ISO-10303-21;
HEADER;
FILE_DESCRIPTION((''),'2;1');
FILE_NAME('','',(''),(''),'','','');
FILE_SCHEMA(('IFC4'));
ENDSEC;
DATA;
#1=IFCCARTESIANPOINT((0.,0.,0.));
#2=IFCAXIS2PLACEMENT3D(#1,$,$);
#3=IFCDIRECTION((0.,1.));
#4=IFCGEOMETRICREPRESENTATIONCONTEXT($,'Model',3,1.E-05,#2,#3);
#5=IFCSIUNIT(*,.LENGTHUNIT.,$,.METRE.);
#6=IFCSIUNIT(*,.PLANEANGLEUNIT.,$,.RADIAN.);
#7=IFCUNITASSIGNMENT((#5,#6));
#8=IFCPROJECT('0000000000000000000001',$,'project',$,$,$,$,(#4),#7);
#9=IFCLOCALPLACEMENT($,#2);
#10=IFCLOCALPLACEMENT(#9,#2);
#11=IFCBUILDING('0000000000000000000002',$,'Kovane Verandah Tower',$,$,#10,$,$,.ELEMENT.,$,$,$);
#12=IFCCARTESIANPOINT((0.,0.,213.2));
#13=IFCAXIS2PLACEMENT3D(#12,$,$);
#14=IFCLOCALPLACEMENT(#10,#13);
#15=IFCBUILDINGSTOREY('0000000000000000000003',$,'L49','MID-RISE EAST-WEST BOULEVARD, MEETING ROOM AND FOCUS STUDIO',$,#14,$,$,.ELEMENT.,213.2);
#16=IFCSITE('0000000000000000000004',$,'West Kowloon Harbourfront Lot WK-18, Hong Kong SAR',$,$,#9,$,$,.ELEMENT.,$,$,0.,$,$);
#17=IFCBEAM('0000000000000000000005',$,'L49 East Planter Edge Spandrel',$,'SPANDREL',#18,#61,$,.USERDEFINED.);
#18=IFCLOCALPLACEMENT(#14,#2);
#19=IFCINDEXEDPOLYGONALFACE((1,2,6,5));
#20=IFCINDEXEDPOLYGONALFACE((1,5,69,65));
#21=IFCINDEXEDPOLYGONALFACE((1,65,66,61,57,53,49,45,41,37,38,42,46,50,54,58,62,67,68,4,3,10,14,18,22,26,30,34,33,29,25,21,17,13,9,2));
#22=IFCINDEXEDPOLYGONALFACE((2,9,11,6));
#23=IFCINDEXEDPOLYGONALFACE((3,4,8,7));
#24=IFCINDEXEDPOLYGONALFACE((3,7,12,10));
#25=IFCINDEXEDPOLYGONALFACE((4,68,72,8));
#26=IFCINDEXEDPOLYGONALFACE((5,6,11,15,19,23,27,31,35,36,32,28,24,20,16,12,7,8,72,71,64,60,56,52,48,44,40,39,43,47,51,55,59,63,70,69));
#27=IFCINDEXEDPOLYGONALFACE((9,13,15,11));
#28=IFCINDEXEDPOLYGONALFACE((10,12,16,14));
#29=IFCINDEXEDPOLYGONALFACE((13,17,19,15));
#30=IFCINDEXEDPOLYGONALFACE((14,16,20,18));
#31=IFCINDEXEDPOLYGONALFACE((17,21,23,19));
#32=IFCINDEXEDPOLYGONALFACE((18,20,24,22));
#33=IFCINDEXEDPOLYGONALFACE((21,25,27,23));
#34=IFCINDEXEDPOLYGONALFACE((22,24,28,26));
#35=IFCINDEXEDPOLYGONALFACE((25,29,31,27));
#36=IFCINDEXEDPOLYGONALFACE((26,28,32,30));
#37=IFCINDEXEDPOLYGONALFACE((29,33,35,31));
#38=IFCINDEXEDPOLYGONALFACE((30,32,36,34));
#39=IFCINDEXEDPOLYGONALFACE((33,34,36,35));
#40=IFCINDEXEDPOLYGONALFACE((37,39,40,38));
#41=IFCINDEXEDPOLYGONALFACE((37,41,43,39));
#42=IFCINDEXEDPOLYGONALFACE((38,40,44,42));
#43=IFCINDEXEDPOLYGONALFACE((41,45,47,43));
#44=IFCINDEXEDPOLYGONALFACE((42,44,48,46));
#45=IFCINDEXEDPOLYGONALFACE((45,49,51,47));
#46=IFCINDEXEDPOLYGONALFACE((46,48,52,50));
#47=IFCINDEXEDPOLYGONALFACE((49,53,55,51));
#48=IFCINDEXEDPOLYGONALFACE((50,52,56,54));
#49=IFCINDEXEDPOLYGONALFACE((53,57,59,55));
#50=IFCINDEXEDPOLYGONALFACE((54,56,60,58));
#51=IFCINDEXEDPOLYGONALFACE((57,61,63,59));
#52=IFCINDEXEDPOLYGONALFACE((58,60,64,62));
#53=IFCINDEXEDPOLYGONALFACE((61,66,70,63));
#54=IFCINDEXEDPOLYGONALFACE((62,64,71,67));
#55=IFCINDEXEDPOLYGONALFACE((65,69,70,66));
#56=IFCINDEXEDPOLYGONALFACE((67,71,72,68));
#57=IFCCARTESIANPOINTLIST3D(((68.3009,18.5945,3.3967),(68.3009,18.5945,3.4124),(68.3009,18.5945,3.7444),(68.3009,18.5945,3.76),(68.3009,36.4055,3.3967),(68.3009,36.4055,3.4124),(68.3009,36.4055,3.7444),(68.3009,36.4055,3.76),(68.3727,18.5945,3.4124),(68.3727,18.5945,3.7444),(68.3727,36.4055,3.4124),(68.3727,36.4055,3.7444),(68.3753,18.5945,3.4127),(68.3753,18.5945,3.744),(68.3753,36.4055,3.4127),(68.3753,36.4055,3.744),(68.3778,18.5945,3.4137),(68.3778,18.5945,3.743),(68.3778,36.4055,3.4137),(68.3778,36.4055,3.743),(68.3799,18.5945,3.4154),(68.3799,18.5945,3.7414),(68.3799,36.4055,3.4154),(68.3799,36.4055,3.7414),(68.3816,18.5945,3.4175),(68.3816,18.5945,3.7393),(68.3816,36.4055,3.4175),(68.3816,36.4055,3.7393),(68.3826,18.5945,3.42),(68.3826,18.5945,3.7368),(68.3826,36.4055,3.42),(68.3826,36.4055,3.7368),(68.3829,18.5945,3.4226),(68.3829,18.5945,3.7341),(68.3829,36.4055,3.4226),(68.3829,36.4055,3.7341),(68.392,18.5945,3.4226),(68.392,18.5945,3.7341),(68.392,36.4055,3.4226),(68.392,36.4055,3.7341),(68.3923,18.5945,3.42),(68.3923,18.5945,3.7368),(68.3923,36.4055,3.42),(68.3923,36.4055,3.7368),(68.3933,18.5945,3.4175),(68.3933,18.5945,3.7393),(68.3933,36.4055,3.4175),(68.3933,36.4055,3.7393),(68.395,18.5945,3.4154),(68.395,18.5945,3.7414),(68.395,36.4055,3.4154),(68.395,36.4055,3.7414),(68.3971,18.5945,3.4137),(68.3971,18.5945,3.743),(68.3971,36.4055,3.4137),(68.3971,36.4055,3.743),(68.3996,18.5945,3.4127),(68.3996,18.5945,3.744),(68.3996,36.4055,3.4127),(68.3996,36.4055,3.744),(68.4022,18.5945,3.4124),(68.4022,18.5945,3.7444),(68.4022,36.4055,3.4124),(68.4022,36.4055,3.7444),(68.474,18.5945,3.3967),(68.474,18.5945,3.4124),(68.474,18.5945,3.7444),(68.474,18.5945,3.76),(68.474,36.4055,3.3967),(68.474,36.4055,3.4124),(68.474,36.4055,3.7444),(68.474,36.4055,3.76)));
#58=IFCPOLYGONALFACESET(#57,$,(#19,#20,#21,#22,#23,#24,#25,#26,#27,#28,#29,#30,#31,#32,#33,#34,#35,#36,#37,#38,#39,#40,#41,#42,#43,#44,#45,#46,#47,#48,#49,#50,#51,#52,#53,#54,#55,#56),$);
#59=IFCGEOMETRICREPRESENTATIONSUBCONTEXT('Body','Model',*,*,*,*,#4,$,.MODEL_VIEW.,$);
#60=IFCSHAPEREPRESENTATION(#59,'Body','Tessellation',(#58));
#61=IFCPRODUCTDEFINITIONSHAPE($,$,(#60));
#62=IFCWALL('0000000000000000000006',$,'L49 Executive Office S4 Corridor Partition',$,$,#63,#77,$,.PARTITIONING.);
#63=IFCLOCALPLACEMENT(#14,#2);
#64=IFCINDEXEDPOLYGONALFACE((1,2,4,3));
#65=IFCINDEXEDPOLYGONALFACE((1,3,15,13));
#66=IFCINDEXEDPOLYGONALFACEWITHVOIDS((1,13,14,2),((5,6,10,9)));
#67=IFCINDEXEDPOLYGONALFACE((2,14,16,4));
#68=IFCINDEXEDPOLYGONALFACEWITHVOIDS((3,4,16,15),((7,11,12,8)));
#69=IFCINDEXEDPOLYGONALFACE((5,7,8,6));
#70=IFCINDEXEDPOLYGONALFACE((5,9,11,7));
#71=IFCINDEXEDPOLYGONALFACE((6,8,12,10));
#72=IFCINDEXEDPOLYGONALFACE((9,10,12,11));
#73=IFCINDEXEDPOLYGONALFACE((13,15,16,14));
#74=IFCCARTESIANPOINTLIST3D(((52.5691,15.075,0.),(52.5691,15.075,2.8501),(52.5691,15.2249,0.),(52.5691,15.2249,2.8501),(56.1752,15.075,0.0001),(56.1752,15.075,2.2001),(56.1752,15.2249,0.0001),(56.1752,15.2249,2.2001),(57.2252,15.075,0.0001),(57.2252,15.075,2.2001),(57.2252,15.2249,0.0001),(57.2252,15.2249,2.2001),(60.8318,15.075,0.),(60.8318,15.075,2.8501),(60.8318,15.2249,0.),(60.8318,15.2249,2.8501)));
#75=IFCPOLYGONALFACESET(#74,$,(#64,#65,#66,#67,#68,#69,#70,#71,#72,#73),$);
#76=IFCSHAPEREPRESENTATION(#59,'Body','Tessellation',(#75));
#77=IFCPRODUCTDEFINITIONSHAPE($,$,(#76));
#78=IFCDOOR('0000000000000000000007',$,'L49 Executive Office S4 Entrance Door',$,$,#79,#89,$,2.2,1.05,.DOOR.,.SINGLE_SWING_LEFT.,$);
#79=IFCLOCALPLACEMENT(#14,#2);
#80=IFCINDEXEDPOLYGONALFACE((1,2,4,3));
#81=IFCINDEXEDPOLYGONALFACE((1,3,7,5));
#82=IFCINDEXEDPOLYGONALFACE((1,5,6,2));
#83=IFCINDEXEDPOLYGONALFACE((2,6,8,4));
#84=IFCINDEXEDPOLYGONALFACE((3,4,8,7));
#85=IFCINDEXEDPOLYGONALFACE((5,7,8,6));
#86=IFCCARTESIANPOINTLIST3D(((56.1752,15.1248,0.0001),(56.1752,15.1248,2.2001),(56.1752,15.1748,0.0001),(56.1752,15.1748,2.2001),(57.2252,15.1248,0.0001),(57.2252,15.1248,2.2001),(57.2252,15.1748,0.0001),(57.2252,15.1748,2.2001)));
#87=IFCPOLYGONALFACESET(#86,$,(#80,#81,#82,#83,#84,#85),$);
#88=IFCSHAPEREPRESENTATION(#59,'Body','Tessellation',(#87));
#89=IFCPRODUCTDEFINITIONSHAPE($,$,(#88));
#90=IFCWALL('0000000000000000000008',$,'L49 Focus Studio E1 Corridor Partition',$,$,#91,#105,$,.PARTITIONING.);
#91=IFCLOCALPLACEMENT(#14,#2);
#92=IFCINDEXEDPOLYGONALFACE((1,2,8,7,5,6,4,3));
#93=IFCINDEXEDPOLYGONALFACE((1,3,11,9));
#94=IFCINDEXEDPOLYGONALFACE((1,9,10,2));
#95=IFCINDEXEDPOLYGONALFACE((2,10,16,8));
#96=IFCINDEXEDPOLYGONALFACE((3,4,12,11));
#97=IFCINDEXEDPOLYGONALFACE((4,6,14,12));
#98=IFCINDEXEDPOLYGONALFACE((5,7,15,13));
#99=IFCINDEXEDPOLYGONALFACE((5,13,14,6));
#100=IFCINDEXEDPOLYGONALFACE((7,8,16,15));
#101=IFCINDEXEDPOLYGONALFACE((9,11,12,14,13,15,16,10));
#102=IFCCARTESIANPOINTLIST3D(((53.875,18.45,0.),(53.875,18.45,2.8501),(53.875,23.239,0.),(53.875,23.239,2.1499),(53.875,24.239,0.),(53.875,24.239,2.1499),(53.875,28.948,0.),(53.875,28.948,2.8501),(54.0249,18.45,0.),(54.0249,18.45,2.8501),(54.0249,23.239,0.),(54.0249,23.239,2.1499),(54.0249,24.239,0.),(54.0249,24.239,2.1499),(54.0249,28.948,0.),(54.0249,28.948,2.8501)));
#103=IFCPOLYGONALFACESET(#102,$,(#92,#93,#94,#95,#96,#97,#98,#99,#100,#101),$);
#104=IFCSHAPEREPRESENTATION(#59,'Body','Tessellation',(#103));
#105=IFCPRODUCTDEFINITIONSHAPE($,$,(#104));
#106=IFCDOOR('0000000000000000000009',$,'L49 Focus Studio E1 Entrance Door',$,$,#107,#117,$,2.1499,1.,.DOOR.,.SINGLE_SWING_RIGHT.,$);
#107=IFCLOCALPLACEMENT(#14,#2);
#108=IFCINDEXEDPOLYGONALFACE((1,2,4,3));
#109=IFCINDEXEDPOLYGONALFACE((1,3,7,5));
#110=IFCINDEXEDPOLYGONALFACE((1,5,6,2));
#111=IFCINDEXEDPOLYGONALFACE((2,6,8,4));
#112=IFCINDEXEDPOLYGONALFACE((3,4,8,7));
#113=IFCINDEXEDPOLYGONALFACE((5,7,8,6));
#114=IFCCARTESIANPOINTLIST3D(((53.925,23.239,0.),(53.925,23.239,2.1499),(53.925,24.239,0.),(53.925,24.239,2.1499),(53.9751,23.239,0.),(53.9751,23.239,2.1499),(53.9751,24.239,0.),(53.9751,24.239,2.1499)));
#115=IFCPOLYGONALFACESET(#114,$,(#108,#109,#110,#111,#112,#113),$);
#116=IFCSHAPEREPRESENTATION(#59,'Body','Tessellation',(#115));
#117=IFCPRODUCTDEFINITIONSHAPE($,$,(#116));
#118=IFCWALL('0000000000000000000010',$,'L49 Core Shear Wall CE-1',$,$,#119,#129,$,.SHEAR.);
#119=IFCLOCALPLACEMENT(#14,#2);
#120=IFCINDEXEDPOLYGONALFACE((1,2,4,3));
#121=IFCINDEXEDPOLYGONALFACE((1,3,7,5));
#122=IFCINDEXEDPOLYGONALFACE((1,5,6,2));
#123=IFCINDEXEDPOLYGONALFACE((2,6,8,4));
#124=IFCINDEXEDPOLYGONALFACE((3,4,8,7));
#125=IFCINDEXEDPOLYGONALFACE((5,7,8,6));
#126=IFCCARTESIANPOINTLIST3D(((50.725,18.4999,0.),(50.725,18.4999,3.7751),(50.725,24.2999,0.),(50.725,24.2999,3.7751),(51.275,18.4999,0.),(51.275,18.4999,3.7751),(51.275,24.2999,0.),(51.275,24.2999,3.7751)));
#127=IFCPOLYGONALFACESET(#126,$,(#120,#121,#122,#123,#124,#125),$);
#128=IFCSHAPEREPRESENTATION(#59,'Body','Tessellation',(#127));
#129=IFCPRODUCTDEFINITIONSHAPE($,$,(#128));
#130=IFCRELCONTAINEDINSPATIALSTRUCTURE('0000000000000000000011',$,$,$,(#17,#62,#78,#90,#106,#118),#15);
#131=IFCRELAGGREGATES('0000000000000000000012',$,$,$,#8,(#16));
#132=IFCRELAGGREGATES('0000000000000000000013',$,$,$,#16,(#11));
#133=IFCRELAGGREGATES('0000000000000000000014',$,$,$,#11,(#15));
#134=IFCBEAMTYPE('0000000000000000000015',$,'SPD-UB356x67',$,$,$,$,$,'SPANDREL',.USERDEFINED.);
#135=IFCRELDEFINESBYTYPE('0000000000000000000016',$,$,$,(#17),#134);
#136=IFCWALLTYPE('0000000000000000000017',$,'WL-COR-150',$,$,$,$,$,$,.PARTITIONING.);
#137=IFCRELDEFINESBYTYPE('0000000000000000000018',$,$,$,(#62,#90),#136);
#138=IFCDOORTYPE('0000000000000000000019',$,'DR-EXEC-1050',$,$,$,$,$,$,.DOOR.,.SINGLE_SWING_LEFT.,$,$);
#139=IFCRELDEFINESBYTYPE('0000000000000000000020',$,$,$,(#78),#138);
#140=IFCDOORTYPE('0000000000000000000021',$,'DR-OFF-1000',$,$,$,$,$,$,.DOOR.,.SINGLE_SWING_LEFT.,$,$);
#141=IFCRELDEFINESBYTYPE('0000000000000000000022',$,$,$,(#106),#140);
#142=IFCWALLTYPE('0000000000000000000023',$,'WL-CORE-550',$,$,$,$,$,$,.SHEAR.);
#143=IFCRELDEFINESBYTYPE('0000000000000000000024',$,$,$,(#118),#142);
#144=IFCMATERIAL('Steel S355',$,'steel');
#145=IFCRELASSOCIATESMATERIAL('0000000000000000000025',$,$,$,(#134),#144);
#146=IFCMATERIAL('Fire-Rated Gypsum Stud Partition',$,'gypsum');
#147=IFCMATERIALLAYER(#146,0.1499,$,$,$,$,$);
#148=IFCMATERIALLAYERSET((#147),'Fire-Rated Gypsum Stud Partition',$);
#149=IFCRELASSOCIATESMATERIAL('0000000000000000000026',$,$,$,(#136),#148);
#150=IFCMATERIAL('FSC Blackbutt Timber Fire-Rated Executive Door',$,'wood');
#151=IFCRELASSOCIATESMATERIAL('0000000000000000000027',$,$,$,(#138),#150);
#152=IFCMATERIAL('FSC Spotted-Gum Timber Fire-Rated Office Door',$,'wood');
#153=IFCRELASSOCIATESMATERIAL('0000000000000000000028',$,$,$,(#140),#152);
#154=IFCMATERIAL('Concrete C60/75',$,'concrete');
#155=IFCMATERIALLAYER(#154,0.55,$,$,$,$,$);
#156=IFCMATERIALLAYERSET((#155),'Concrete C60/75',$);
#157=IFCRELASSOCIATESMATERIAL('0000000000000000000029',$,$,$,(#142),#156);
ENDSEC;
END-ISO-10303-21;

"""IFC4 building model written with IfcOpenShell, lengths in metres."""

from ifc_helpers import new_model, si_unit, direction, frame, frame_2d, origin, origin_2d, place, context, subcontext, project, spatial, rectangle, i_section, extrude, material, layer, layer_set, material_profile, profile_set, type_object, element, fill, save


model = new_model("IFC4")

# Units and contexts
model_context = context("Model", 3, precision=1e-05, world=origin(), true_north=direction((0.0, 1.0)))
body_context = subcontext(model_context, "Body", "Model", "MODEL_VIEW")
ifc_project = project(units=[si_unit("LENGTHUNIT", "METRE"), si_unit("PLANEANGLEUNIT", "RADIAN")], contexts=[model_context])

# Site, building, storey
site_placement = place(None, origin())
site = spatial("IfcSite", under=ifc_project, at=site_placement, Name="West Kowloon Harbourfront Lot WK-18, Hong Kong SAR", CompositionType="ELEMENT", RefElevation=0.0)
building_placement = place(site_placement, origin())
building = spatial("IfcBuilding", under=site, at=building_placement, Name="Kovane Verandah Tower", CompositionType="ELEMENT")
storey_placement = place(building_placement, frame((0.0, 0.0, 213.2)))
storey = spatial("IfcBuildingStorey", under=building, at=storey_placement, Name="L49", Description="MID-RISE EAST-WEST BOULEVARD, MEETING ROOM AND FOCUS STUDIO", CompositionType="ELEMENT", Elevation=213.2)

# Shared definitions
ifc_material_1 = material(Name="Concrete C60/75", Category="concrete")

# Beam
ifc_material_2 = material(Name="Steel S355", Category="steel")
ifc_material_profile_1 = material_profile(ifc_material_2, i_section(OverallWidth=0.1731, OverallDepth=0.3633, WebThickness=0.009, FlangeThickness=0.0156, FilletRadius=0.0103, at=origin_2d()), Name="UB356x171x67")
ifc_profile_set_1 = profile_set([ifc_material_profile_1], Name="Steel S355")
beam_type_1 = type_object("IfcBeamType", Name="SPD-UB356x67", ElementType="SPANDREL", PredefinedType="USERDEFINED", material=ifc_profile_set_1)
beam_1_placement = place(storey_placement, frame((68.3875, 18.5945, 3.5784), z_axis=(0.0, 1.0, 0.0), x_axis=(-1.0, 0.0, 0.0)))
element("IfcBeam", 1, at=beam_1_placement, inside=storey, type_object=beam_type_1, Name="L49 East Planter Edge Spandrel", ObjectType="SPANDREL", PredefinedType="USERDEFINED", context=body_context, shape_type="SweptSolid", body=[
    extrude(i_section(OverallWidth=0.1731, OverallDepth=0.3633, WebThickness=0.009, FlangeThickness=0.0156, FilletRadius=0.0103, at=origin_2d()), origin(), (0.0, 0.0, 1.0), 17.811),
])

# Walls, openings, doors
ifc_material_3 = material(Name="Fire-Rated Gypsum Stud Partition", Category="gypsum")
ifc_layer_1 = layer(ifc_material_3, 0.1499)
ifc_layer_set_1 = layer_set([ifc_layer_1], Name="Fire-Rated Gypsum Stud Partition")
wall_type_1 = type_object("IfcWallType", Name="WL-COR-150", PredefinedType="PARTITIONING", material=ifc_layer_set_1)
wall_1_placement = place(storey_placement, frame((52.5691, 15.1499, 0.0), z_axis=(0.0, 0.0, 1.0), x_axis=(1.0, 0.0, 0.0)))
wall_1 = element("IfcWall", 2, at=wall_1_placement, inside=storey, type_object=wall_type_1, Name="L49 Executive Office S4 Corridor Partition", PredefinedType="PARTITIONING", context=body_context, shape_type="SweptSolid", body=[
    extrude(rectangle(XDim=8.2627, YDim=0.1499, at=frame_2d((4.1313, 0.0))), origin(), (0.0, 0.0, 1.0), 2.8501),
])
opening_1_placement = place(wall_1_placement, frame((3.6062, 0.0, 0.0)))
opening_1 = element("IfcOpeningElement", 3, at=opening_1_placement, cuts=wall_1, PredefinedType="OPENING", context=body_context, shape_type="SweptSolid", body=[
    extrude(rectangle(XDim=1.05, YDim=2.2, at=frame_2d((0.5249, 1.1001))), frame((0.0, 0.075, 0.0), z_axis=(0.0, -1.0, 0.0), x_axis=(1.0, 0.0, 0.0)), (0.0, 0.0, 1.0), 0.1499),
])
ifc_material_4 = material(Name="FSC Blackbutt Timber Fire-Rated Executive Door", Category="wood")
door_type_1 = type_object("IfcDoorType", Name="DR-EXEC-1050", OperationType="SINGLE_SWING_LEFT", PredefinedType="DOOR", material=ifc_material_4)
door_1_placement = place(opening_1_placement, origin())
door_1 = element("IfcDoor", 4, at=door_1_placement, inside=storey, type_object=door_type_1, Name="L49 Executive Office S4 Entrance Door", OperationType="SINGLE_SWING_LEFT", OverallHeight=2.2, OverallWidth=1.05, PredefinedType="DOOR", context=body_context, shape_type="SweptSolid", body=[
    extrude(rectangle(XDim=1.05, YDim=2.2, at=frame_2d((0.5249, 1.1001))), frame((0.0, 0.0249, 0.0), z_axis=(0.0, -1.0, 0.0), x_axis=(1.0, 0.0, 0.0)), (0.0, 0.0, 1.0), 0.05),
])
fill(opening_1, door_1)
wall_2_placement = place(storey_placement, frame((53.95, 18.45, 0.0), z_axis=(0.0, 0.0, 1.0), x_axis=(0.0, 1.0, 0.0)))
wall_2 = element("IfcWall", 5, at=wall_2_placement, inside=storey, type_object=wall_type_1, Name="L49 Focus Studio E1 Corridor Partition", PredefinedType="PARTITIONING", context=body_context, shape_type="SweptSolid", body=[
    extrude(rectangle(XDim=10.498, YDim=0.1499, at=frame_2d((5.249, 0.0))), origin(), (0.0, 0.0, 1.0), 2.8501),
])
opening_2_placement = place(wall_2_placement, frame((4.7891, 0.0, 0.0)))
opening_2 = element("IfcOpeningElement", 6, at=opening_2_placement, cuts=wall_2, PredefinedType="OPENING", context=body_context, shape_type="SweptSolid", body=[
    extrude(rectangle(XDim=1.0, YDim=2.1499, at=frame_2d((0.5, 1.075))), frame((0.0, 0.075, 0.0), z_axis=(0.0, -1.0, 0.0), x_axis=(1.0, 0.0, 0.0)), (0.0, 0.0, 1.0), 0.1499),
])
ifc_material_5 = material(Name="FSC Spotted-Gum Timber Fire-Rated Office Door", Category="wood")
door_type_2 = type_object("IfcDoorType", Name="DR-OFF-1000", OperationType="SINGLE_SWING_LEFT", PredefinedType="DOOR", material=ifc_material_5)
door_2_placement = place(opening_2_placement, origin())
door_2 = element("IfcDoor", 7, at=door_2_placement, inside=storey, type_object=door_type_2, Name="L49 Focus Studio E1 Entrance Door", OperationType="SINGLE_SWING_RIGHT", OverallHeight=2.1499, OverallWidth=1.0, PredefinedType="DOOR", context=body_context, shape_type="SweptSolid", body=[
    extrude(rectangle(XDim=1.0, YDim=2.1499, at=frame_2d((0.5, 1.075))), frame((0.0, 0.0249, 0.0), z_axis=(0.0, -1.0, 0.0), x_axis=(1.0, 0.0, 0.0)), (0.0, 0.0, 1.0), 0.05),
])
fill(opening_2, door_2)

# Wall
ifc_layer_2 = layer(ifc_material_1, 0.55)
ifc_layer_set_2 = layer_set([ifc_layer_2], Name="Concrete C60/75")
wall_type_2 = type_object("IfcWallType", Name="WL-CORE-550", PredefinedType="SHEAR", material=ifc_layer_set_2)
wall_3_placement = place(storey_placement, frame((51.0, 18.5, 0.0), z_axis=(0.0, 0.0, 1.0), x_axis=(0.0, 1.0, 0.0)))
element("IfcWall", 8, at=wall_3_placement, inside=storey, type_object=wall_type_2, Name="L49 Core Shear Wall CE-1", PredefinedType="SHEAR", context=body_context, shape_type="SweptSolid", body=[
    extrude(rectangle(XDim=5.8, YDim=0.55, at=frame_2d((2.8999, 0.0))), origin(), (0.0, 0.0, 1.0), 3.7751),
])

save(model, "model.ifc")
